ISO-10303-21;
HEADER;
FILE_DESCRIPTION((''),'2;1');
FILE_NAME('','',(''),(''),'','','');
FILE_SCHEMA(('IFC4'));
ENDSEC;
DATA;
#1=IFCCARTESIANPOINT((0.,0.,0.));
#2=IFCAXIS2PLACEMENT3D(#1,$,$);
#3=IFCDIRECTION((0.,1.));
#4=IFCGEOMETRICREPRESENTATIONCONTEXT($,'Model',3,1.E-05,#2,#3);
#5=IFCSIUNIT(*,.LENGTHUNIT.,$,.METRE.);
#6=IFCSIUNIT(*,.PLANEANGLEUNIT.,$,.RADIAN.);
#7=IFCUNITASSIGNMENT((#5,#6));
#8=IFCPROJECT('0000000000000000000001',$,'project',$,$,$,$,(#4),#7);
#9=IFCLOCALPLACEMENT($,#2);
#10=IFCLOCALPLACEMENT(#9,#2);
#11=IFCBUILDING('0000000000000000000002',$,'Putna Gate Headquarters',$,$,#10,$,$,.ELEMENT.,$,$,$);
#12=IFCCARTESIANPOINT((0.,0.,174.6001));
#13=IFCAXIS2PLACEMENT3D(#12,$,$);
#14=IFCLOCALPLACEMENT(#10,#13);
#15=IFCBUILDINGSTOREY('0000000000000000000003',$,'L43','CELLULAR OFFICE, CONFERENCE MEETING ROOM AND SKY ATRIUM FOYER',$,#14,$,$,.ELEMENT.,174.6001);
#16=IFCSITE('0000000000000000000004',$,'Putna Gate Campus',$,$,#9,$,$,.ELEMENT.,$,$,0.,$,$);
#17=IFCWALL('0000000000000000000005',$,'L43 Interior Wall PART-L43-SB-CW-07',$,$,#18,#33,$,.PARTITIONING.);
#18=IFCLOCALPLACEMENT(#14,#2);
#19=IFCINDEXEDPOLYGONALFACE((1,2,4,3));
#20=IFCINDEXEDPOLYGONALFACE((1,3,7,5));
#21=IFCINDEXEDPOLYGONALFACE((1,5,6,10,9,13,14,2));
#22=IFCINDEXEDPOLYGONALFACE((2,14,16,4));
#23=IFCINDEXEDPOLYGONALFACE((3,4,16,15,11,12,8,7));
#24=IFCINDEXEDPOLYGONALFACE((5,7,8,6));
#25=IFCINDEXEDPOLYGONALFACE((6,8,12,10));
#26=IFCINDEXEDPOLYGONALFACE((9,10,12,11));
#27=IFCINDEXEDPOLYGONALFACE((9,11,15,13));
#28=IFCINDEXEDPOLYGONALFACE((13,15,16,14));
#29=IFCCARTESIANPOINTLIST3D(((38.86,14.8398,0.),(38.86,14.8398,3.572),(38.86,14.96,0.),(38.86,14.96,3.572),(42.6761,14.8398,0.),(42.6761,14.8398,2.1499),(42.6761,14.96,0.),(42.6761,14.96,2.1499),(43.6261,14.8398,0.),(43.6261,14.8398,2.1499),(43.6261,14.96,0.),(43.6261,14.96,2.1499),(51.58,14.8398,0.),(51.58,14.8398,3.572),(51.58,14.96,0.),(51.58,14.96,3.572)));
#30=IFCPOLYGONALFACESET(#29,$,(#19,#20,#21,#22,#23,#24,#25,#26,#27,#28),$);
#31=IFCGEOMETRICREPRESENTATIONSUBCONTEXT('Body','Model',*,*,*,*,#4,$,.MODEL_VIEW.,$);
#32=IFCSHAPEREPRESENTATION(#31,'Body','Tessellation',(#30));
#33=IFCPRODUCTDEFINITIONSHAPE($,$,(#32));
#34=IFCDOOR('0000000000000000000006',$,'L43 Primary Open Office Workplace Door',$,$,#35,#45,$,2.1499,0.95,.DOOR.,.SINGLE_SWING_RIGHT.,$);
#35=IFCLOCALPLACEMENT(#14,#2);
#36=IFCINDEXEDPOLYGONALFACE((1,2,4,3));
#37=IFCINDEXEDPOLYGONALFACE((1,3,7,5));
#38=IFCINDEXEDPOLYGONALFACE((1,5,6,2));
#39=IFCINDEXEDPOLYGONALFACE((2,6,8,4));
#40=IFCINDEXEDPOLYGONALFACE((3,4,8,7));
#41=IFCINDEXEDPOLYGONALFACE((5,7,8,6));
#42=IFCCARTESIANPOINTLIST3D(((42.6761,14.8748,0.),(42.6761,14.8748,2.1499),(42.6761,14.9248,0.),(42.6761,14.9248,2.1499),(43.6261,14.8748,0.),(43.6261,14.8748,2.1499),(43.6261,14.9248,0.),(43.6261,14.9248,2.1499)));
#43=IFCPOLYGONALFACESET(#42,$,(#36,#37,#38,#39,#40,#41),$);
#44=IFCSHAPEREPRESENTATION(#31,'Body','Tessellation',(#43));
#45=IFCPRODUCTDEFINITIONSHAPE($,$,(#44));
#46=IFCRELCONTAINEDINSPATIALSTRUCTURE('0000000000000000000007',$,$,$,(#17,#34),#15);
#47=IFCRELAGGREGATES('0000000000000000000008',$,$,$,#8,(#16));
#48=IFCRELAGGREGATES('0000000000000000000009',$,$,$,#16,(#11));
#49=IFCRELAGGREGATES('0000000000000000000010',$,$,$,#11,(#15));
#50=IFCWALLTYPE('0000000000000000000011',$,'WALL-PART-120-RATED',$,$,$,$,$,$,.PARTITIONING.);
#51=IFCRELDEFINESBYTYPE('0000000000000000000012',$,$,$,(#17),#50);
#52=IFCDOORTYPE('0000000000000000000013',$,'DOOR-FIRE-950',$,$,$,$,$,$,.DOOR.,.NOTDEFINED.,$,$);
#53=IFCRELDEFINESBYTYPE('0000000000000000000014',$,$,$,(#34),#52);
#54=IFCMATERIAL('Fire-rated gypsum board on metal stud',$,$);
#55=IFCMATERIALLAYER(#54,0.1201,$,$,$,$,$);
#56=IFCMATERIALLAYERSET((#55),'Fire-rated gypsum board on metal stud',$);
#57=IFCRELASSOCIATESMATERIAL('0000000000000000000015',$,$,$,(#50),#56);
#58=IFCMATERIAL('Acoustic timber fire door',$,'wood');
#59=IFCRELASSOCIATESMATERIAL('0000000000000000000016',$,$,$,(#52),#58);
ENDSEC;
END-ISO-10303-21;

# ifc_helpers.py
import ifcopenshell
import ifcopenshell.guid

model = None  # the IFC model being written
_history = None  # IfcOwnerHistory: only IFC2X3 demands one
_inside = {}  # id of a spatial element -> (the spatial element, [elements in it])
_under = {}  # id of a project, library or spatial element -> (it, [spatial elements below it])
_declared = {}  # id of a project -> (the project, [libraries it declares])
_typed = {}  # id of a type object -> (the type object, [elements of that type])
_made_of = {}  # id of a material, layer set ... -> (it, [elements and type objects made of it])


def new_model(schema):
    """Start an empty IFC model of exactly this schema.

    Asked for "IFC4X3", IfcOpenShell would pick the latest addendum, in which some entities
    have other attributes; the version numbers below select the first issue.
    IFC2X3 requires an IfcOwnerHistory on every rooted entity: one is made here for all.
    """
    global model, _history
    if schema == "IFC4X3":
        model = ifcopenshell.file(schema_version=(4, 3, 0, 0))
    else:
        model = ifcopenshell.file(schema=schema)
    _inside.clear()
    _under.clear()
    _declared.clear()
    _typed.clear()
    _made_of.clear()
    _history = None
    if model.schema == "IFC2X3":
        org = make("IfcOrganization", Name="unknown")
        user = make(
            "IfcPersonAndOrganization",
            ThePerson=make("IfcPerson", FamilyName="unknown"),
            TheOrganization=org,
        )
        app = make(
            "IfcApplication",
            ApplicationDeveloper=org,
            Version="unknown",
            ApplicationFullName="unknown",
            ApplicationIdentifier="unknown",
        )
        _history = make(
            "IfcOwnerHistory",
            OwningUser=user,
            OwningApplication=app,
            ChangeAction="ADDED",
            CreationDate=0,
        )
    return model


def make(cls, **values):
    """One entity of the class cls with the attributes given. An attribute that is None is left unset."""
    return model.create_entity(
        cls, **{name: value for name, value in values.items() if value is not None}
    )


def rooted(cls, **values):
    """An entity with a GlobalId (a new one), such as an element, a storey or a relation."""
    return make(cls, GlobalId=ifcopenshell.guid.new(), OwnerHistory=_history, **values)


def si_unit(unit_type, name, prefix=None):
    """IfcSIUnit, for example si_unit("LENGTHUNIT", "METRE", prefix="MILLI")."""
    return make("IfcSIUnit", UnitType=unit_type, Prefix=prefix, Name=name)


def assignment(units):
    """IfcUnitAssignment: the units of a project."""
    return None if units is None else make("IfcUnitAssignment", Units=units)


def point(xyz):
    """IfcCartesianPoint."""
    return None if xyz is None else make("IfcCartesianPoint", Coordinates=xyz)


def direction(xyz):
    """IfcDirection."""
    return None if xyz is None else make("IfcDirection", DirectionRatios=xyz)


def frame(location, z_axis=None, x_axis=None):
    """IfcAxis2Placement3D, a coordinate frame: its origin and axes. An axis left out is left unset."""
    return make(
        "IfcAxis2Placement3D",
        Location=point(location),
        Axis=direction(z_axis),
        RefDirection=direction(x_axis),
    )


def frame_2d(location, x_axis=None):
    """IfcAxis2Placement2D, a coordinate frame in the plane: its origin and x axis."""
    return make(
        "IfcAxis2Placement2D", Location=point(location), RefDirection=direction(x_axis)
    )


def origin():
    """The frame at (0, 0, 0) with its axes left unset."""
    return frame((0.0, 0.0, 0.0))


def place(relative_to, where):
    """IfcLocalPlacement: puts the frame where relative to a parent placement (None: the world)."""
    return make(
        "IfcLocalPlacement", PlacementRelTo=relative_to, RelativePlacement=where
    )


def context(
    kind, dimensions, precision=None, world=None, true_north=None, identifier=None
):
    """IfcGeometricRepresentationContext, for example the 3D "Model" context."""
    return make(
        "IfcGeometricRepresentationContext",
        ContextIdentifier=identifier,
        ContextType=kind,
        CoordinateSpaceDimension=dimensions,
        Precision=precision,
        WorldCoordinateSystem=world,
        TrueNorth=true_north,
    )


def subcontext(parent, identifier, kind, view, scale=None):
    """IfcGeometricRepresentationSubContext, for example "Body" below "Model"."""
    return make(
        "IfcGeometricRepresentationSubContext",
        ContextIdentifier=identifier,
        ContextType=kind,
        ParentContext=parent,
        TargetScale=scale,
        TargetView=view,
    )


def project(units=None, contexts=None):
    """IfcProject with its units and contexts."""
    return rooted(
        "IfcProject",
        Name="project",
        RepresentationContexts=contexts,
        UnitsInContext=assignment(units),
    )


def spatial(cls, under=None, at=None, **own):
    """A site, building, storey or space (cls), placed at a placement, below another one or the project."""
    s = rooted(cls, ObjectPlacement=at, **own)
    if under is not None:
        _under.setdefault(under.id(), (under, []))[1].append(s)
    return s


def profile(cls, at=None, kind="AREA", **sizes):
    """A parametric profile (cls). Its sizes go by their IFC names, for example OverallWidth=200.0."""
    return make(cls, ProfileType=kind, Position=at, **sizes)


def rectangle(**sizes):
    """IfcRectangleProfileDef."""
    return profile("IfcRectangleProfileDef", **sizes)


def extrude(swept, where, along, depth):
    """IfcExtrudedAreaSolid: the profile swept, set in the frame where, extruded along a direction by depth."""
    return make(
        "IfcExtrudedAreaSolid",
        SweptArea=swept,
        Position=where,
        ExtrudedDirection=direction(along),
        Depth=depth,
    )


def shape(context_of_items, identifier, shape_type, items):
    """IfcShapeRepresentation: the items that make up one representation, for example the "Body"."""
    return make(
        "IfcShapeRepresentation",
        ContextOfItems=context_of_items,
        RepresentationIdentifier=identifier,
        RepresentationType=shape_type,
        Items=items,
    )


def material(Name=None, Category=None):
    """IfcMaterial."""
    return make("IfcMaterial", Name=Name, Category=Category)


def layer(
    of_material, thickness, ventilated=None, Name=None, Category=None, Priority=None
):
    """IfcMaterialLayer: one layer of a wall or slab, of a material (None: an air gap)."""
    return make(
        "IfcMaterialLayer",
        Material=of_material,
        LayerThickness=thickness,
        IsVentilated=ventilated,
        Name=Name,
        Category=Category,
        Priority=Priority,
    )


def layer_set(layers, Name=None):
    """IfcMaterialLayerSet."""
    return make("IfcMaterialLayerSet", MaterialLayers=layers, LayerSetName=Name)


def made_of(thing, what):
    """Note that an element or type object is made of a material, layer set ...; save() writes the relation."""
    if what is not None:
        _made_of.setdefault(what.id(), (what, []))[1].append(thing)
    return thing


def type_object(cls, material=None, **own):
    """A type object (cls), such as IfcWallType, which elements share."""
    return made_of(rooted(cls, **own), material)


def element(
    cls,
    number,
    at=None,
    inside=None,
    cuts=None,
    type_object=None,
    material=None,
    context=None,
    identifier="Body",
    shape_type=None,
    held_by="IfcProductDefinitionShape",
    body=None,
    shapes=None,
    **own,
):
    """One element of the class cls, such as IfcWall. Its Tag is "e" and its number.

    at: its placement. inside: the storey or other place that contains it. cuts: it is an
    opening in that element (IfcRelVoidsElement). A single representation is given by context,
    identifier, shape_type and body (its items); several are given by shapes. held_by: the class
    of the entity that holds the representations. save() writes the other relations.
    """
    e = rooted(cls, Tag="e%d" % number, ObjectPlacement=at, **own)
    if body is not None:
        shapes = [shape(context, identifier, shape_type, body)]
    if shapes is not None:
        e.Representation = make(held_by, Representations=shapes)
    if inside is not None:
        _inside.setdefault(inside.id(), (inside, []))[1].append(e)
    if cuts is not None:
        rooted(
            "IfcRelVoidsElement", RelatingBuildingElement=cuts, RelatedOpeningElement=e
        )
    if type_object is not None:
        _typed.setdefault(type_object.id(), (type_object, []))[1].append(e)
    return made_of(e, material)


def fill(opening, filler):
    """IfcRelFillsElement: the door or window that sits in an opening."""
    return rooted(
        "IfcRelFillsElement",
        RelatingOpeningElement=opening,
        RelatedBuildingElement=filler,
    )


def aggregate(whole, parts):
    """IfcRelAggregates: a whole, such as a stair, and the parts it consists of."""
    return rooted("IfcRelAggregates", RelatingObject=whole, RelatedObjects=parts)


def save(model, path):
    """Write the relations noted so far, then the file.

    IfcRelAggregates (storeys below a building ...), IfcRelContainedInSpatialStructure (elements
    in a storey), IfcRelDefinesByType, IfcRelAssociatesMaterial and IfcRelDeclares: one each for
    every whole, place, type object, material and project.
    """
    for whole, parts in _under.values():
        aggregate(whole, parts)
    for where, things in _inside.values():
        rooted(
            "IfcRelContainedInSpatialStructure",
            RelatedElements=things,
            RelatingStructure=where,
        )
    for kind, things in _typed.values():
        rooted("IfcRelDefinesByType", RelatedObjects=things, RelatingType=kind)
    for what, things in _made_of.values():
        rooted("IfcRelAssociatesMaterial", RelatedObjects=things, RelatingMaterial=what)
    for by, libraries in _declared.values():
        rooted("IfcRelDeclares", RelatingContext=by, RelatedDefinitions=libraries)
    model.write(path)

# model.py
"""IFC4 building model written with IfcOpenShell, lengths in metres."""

from ifc_helpers import new_model, si_unit, direction, frame, frame_2d, origin, place, context, subcontext, project, spatial, rectangle, extrude, material, layer, layer_set, type_object, element, fill, save


model = new_model("IFC4")

# Units and contexts
model_context = context("Model", 3, precision=1e-05, world=origin(), true_north=direction((0.0, 1.0)))
body_context = subcontext(model_context, "Body", "Model", "MODEL_VIEW")
ifc_project = project(units=[si_unit("LENGTHUNIT", "METRE"), si_unit("PLANEANGLEUNIT", "RADIAN")], contexts=[model_context])

# Site, building, storey
site_placement = place(None, origin())
site = spatial("IfcSite", under=ifc_project, at=site_placement, Name="Putna Gate Campus", CompositionType="ELEMENT", RefElevation=0.0)
building_placement = place(site_placement, origin())
building = spatial("IfcBuilding", under=site, at=building_placement, Name="Putna Gate Headquarters", CompositionType="ELEMENT")
storey_placement = place(building_placement, frame((0.0, 0.0, 174.6001)))
storey = spatial("IfcBuildingStorey", under=building, at=storey_placement, Name="L43", Description="CELLULAR OFFICE, CONFERENCE MEETING ROOM AND SKY ATRIUM FOYER", CompositionType="ELEMENT", Elevation=174.6001)

# Wall, opening, door
ifc_material_1 = material(Name="Fire-rated gypsum board on metal stud")
ifc_layer_1 = layer(ifc_material_1, 0.1201)
ifc_layer_set_1 = layer_set([ifc_layer_1], Name="Fire-rated gypsum board on metal stud")
wall_type_1 = type_object("IfcWallType", Name="WALL-PART-120-RATED", PredefinedType="PARTITIONING", material=ifc_layer_set_1)
wall_1_placement = place(storey_placement, frame((38.8601, 14.8999, 0.0), z_axis=(0.0, 0.0, 1.0), x_axis=(1.0, 0.0, 0.0)))
wall_1 = element("IfcWall", 1, at=wall_1_placement, inside=storey, type_object=wall_type_1, Name="L43 Interior Wall PART-L43-SB-CW-07", PredefinedType="PARTITIONING", context=body_context, shape_type="SweptSolid", body=[
    extrude(rectangle(XDim=12.72, YDim=0.1201, at=frame_2d((6.3599, 0.0))), origin(), (0.0, 0.0, 1.0), 3.572),
])
opening_placement = place(wall_1_placement, frame((3.8159, 0.0, 0.0)))
opening = element("IfcOpeningElement", 2, at=opening_placement, cuts=wall_1, PredefinedType="OPENING", context=body_context, shape_type="SweptSolid", body=[
    extrude(rectangle(XDim=0.95, YDim=2.1499, at=frame_2d((0.4751, 1.075))), frame((0.0, 0.0701, 0.0), z_axis=(0.0, -1.0, 0.0), x_axis=(1.0, 0.0, 0.0)), (0.0, 0.0, 1.0), 0.1401),
])
ifc_material_2 = material(Name="Acoustic timber fire door", Category="wood")
door_type = type_object("IfcDoorType", Name="DOOR-FIRE-950", OperationType="NOTDEFINED", PredefinedType="DOOR", material=ifc_material_2)
door_placement = place(opening_placement, origin())
door = element("IfcDoor", 3, at=door_placement, inside=storey, type_object=door_type, Name="L43 Primary Open Office Workplace Door", OperationType="SINGLE_SWING_RIGHT", OverallHeight=2.1499, OverallWidth=0.95, PredefinedType="DOOR", context=body_context, shape_type="SweptSolid", body=[
    extrude(rectangle(XDim=0.95, YDim=2.1499, at=frame_2d((0.4751, 1.075))), frame((0.0, 0.0249, 0.0), z_axis=(0.0, -1.0, 0.0), x_axis=(1.0, 0.0, 0.0)), (0.0, 0.0, 1.0), 0.05),
])
fill(opening, door)

save(model, "model.ifc")
